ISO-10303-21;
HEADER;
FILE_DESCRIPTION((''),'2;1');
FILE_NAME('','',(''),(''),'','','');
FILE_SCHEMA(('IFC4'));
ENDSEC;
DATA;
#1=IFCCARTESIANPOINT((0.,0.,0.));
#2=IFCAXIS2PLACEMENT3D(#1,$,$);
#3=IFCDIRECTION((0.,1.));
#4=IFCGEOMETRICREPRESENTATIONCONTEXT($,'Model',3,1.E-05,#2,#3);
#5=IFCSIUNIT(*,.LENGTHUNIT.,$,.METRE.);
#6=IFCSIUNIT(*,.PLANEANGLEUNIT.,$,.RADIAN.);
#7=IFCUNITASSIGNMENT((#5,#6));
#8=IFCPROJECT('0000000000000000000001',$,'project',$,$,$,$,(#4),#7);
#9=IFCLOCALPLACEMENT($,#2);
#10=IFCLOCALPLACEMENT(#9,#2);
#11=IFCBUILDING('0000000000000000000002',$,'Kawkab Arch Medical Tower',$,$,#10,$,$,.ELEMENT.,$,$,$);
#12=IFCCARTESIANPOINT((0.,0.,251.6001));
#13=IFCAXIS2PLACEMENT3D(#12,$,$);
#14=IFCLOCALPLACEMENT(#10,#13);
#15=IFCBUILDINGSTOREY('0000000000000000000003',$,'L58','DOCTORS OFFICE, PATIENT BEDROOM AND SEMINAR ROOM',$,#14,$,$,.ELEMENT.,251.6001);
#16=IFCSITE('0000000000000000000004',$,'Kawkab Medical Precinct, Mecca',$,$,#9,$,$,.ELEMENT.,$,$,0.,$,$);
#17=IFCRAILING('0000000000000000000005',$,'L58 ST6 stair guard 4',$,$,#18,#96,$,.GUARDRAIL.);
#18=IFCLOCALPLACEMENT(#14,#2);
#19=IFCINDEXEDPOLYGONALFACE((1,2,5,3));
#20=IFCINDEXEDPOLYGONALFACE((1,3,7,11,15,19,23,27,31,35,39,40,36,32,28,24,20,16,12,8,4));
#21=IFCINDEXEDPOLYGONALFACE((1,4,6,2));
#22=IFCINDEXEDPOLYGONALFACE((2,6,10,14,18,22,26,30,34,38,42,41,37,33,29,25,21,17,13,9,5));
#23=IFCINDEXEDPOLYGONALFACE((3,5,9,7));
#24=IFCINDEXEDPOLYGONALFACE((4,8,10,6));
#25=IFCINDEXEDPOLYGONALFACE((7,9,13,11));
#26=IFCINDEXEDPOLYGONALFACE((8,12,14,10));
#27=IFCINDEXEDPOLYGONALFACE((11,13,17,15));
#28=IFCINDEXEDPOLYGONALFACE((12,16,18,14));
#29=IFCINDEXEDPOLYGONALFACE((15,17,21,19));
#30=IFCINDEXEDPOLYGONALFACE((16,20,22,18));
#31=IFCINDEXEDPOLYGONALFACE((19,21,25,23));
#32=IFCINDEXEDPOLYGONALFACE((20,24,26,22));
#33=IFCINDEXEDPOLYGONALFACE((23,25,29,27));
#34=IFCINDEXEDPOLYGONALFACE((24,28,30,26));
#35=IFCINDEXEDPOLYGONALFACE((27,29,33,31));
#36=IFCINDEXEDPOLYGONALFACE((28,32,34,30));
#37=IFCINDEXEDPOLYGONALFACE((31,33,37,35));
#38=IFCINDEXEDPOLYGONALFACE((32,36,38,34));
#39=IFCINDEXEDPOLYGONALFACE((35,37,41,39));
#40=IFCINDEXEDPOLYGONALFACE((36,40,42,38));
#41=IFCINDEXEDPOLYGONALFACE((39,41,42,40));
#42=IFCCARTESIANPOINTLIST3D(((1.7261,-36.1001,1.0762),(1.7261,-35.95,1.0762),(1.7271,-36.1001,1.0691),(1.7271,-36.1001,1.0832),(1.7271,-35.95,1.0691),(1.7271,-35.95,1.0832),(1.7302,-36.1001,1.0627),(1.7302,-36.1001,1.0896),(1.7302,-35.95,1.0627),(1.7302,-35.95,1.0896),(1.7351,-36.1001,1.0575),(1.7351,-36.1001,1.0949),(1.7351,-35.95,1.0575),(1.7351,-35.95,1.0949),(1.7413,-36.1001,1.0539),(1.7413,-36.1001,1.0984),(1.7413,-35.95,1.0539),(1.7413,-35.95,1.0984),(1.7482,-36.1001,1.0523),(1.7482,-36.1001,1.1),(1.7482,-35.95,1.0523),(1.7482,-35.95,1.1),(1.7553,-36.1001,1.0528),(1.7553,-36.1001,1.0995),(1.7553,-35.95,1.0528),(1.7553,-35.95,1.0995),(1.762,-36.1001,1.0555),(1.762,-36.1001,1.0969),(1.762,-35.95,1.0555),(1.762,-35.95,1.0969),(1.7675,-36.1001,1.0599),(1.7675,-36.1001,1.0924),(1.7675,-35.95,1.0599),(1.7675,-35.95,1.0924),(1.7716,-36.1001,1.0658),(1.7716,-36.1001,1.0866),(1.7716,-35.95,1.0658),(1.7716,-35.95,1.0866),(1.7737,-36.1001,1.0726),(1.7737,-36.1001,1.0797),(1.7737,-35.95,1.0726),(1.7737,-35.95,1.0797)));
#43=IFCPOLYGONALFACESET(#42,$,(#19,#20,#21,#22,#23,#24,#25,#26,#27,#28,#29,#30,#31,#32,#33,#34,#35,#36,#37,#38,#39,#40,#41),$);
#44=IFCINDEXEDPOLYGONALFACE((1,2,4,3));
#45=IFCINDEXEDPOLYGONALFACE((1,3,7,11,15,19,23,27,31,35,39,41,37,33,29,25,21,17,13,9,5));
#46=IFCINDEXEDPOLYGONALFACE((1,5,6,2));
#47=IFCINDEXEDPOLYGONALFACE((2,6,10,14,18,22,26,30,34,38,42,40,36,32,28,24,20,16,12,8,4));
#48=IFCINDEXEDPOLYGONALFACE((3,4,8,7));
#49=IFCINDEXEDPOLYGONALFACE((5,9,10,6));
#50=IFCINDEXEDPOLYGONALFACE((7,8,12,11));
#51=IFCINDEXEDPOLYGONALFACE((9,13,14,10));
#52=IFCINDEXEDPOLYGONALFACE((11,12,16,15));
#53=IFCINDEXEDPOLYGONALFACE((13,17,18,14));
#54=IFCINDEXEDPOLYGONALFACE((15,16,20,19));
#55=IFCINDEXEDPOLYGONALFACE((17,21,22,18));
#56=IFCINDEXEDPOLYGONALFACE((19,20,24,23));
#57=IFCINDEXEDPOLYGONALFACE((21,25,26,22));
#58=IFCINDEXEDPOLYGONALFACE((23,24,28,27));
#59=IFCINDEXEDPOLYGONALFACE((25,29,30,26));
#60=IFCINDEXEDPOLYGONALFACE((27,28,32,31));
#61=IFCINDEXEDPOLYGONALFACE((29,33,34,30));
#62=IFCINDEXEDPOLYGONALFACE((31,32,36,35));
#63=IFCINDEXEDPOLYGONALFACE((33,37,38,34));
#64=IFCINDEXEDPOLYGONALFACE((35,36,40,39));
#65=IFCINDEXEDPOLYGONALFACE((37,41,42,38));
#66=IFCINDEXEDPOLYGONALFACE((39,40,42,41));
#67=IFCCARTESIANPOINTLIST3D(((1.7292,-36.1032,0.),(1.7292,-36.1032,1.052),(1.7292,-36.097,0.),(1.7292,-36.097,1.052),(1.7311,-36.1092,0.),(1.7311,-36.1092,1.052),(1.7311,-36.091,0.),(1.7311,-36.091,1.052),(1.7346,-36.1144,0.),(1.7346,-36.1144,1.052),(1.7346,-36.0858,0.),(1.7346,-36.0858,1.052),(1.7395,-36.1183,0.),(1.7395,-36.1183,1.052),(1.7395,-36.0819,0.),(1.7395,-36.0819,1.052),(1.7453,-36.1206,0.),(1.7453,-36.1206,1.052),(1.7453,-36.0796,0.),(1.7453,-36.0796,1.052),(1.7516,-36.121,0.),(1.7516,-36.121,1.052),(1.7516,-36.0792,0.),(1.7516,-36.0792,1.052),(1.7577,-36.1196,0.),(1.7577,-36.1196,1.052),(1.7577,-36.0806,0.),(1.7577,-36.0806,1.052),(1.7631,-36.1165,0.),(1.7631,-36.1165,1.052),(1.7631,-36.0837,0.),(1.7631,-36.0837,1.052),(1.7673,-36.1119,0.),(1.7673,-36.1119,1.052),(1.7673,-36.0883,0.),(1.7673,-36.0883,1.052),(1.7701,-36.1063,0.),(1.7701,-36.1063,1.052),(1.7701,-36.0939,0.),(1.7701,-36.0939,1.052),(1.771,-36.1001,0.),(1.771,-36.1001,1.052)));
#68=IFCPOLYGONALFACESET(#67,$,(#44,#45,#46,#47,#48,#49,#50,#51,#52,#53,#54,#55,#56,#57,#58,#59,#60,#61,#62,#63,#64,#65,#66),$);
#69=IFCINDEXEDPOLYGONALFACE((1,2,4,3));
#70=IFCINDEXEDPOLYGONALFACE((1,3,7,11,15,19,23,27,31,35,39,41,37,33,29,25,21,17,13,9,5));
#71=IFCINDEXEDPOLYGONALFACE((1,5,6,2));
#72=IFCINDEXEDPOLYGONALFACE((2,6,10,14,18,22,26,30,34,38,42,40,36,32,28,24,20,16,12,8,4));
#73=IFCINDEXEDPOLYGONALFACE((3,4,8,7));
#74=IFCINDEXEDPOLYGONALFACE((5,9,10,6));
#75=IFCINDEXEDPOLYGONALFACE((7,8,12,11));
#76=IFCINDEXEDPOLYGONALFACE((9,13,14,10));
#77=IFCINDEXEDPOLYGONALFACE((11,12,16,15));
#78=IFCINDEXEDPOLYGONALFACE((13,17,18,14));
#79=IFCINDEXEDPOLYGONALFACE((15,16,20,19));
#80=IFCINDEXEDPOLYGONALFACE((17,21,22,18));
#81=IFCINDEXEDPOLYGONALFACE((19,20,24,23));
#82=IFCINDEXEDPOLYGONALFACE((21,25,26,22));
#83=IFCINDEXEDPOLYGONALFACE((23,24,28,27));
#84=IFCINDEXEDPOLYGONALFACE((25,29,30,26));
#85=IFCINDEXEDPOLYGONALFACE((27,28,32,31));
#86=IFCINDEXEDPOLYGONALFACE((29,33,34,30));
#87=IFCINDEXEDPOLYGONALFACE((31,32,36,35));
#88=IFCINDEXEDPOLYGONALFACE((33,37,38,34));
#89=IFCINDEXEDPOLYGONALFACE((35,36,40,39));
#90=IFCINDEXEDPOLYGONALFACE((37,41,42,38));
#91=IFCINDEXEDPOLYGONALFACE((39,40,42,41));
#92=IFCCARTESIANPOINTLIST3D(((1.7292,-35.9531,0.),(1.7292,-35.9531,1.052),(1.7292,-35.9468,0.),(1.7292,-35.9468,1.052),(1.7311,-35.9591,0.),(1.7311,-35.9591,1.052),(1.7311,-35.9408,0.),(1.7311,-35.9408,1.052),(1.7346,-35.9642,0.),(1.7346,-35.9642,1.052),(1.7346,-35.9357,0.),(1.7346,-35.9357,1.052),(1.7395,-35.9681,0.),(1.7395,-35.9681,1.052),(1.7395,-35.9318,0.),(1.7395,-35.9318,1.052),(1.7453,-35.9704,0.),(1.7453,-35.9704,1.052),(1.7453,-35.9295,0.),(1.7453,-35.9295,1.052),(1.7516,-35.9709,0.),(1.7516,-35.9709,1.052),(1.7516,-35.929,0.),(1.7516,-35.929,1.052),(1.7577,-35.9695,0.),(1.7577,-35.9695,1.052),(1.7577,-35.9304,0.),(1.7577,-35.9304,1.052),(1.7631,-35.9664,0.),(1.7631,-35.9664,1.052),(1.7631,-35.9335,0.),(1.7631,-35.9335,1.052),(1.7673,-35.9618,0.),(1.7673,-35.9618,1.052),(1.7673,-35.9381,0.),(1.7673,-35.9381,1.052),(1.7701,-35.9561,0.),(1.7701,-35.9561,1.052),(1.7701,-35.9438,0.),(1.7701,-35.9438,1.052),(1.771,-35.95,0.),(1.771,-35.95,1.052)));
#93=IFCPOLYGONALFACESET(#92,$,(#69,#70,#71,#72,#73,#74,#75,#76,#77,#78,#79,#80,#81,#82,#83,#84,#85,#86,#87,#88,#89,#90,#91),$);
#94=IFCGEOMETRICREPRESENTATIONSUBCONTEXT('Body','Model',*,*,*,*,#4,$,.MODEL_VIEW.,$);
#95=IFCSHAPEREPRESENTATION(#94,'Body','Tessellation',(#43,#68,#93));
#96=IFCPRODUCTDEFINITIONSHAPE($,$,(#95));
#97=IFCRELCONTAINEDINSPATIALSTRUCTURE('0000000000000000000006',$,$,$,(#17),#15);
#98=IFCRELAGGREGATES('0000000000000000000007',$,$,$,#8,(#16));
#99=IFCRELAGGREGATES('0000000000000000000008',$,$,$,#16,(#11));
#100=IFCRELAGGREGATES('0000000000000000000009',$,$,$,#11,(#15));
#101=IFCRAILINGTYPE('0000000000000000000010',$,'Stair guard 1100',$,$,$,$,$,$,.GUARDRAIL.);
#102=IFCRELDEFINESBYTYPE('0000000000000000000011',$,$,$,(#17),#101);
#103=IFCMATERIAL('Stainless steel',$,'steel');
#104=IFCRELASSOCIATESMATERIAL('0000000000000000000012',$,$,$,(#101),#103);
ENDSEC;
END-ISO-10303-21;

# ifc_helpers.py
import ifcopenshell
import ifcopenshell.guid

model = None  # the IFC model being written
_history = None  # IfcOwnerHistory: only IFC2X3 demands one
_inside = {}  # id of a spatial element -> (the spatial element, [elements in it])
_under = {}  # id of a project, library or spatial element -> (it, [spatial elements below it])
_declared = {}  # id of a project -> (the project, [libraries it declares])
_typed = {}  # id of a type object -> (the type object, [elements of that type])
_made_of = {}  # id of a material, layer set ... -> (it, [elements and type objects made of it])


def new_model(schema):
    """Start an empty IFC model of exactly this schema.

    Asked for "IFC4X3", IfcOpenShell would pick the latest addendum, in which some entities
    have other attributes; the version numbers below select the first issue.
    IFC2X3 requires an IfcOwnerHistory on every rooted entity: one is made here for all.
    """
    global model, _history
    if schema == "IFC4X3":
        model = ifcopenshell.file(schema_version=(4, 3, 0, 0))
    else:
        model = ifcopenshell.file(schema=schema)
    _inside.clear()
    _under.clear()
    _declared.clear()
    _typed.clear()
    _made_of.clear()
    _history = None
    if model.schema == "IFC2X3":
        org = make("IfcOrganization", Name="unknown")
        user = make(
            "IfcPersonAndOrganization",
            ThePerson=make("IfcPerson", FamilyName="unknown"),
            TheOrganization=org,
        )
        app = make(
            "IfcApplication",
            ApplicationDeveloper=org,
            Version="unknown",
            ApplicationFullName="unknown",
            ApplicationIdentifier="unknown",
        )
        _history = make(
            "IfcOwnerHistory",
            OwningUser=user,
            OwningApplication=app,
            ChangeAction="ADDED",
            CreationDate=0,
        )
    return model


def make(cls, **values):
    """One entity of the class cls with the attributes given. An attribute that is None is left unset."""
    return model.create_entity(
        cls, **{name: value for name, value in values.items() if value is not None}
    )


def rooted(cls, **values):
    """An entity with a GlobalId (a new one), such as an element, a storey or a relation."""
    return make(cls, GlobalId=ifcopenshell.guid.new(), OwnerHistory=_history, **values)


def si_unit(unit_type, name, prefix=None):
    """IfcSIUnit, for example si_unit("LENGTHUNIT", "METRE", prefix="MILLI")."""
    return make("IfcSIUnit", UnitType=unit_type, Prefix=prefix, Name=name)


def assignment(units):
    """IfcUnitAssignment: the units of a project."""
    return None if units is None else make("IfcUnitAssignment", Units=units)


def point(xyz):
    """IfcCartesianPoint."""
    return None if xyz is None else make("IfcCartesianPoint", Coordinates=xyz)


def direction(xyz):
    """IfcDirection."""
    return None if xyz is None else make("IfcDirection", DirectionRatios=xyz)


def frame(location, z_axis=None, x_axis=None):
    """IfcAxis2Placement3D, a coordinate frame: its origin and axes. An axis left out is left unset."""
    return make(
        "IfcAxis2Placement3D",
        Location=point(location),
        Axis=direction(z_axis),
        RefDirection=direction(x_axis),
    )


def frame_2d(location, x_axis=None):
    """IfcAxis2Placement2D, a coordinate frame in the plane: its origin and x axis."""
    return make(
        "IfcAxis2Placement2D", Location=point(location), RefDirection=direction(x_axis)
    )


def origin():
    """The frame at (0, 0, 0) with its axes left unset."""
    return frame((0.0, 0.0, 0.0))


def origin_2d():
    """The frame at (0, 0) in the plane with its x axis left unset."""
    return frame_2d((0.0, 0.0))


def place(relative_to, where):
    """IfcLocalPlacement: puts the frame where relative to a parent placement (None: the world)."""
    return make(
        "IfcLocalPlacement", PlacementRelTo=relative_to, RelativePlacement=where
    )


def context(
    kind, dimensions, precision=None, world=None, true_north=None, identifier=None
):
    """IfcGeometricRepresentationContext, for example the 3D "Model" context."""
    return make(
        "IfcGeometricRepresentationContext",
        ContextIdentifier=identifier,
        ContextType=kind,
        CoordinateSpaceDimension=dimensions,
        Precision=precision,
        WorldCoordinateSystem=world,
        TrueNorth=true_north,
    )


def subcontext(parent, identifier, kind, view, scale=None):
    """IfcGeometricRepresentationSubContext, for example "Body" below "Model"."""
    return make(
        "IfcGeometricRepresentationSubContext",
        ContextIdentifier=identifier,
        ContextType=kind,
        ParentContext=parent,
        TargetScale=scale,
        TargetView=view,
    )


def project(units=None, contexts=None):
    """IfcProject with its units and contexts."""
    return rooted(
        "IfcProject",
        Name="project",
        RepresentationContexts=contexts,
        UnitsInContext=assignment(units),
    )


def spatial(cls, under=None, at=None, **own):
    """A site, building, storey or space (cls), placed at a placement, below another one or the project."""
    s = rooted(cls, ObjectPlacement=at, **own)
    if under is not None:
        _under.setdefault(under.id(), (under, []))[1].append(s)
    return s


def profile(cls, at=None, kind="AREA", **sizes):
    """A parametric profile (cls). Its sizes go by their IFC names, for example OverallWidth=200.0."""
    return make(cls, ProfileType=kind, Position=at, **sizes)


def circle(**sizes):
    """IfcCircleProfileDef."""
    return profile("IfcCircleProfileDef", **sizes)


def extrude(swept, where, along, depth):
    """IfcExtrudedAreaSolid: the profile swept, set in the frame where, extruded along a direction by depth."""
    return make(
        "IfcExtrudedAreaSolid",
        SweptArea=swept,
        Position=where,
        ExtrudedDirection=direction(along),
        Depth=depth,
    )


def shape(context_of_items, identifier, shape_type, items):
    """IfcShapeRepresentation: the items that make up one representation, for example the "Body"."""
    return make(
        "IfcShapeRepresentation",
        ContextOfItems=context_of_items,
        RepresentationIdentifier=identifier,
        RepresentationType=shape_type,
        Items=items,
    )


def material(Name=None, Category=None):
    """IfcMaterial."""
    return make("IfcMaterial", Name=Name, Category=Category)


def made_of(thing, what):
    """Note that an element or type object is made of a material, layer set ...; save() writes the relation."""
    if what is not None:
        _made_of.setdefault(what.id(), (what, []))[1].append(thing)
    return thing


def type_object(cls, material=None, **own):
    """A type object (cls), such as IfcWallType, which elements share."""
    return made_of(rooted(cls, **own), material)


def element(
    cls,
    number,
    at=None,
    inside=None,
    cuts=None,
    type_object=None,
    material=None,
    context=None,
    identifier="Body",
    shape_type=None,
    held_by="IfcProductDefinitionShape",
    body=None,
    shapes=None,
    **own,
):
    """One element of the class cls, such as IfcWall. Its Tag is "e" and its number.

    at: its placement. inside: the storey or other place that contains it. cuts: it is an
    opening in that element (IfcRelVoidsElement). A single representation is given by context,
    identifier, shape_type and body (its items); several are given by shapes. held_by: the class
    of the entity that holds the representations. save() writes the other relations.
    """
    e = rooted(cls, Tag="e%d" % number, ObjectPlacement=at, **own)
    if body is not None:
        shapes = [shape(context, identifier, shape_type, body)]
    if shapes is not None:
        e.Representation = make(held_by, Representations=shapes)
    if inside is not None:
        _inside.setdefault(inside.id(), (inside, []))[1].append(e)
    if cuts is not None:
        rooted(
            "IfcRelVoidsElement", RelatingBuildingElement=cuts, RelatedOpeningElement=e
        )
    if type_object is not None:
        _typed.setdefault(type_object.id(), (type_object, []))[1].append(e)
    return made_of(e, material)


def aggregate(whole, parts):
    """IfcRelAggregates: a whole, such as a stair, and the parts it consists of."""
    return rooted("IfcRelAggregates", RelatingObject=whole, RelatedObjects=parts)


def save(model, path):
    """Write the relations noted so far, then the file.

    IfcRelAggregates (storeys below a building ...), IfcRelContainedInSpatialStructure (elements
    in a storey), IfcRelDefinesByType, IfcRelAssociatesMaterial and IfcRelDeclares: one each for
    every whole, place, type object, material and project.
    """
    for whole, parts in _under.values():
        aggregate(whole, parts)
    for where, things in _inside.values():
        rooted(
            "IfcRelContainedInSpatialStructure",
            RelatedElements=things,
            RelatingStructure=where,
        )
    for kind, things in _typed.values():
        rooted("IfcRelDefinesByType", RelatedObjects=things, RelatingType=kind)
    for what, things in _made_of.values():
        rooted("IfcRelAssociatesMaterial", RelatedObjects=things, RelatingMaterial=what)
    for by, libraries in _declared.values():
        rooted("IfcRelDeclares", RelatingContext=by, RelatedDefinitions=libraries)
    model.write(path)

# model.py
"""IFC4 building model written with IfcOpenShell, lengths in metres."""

from ifc_helpers import new_model, si_unit, direction, frame, origin, origin_2d, place, context, subcontext, project, spatial, circle, extrude, material, type_object, element, save


model = new_model("IFC4")

# Units and contexts
model_context = context("Model", 3, precision=1e-05, world=origin(), true_north=direction((0.0, 1.0)))
body_context = subcontext(model_context, "Body", "Model", "MODEL_VIEW")
ifc_project = project(units=[si_unit("LENGTHUNIT", "METRE"), si_unit("PLANEANGLEUNIT", "RADIAN")], contexts=[model_context])

# Site, building, storey
site_placement = place(None, origin())
site = spatial("IfcSite", under=ifc_project, at=site_placement, Name="Kawkab Medical Precinct, Mecca", CompositionType="ELEMENT", RefElevation=0.0)
building_placement = place(site_placement, origin())
building = spatial("IfcBuilding", under=site, at=building_placement, Name="Kawkab Arch Medical Tower", CompositionType="ELEMENT")
storey_placement = place(building_placement, frame((0.0, 0.0, 251.6001)))
storey = spatial("IfcBuildingStorey", under=building, at=storey_placement, Name="L58", Description="DOCTORS OFFICE, PATIENT BEDROOM AND SEMINAR ROOM", CompositionType="ELEMENT", Elevation=251.6001)

# Railing
ifc_material_1 = material(Name="Stainless steel", Category="steel")
railing_type_1 = type_object("IfcRailingType", Name="Stair guard 1100", PredefinedType="GUARDRAIL", material=ifc_material_1)
railing_1_placement = place(storey_placement, frame((1.75, -36.1001, 0.0)))
element("IfcRailing", 1, at=railing_1_placement, inside=storey, type_object=railing_type_1, Name="L58 ST6 stair guard 4", PredefinedType="GUARDRAIL", context=body_context, shape_type="SweptSolid", body=[
    extrude(circle(Radius=0.0239, at=origin_2d()), frame((0.0, 0.0, 1.0762), z_axis=(0.0, 1.0, 0.0), x_axis=(-1.0, 0.0, 0.0)), (0.0, 0.0, 1.0), 0.1501),
    extrude(circle(Radius=0.021, at=origin_2d()), origin(), (0.0, 0.0, 1.0), 1.052),
    extrude(circle(Radius=0.021, at=origin_2d()), frame((0.0, 0.1501, 0.0)), (0.0, 0.0, 1.0), 1.052),
])

save(model, "model.ifc")
